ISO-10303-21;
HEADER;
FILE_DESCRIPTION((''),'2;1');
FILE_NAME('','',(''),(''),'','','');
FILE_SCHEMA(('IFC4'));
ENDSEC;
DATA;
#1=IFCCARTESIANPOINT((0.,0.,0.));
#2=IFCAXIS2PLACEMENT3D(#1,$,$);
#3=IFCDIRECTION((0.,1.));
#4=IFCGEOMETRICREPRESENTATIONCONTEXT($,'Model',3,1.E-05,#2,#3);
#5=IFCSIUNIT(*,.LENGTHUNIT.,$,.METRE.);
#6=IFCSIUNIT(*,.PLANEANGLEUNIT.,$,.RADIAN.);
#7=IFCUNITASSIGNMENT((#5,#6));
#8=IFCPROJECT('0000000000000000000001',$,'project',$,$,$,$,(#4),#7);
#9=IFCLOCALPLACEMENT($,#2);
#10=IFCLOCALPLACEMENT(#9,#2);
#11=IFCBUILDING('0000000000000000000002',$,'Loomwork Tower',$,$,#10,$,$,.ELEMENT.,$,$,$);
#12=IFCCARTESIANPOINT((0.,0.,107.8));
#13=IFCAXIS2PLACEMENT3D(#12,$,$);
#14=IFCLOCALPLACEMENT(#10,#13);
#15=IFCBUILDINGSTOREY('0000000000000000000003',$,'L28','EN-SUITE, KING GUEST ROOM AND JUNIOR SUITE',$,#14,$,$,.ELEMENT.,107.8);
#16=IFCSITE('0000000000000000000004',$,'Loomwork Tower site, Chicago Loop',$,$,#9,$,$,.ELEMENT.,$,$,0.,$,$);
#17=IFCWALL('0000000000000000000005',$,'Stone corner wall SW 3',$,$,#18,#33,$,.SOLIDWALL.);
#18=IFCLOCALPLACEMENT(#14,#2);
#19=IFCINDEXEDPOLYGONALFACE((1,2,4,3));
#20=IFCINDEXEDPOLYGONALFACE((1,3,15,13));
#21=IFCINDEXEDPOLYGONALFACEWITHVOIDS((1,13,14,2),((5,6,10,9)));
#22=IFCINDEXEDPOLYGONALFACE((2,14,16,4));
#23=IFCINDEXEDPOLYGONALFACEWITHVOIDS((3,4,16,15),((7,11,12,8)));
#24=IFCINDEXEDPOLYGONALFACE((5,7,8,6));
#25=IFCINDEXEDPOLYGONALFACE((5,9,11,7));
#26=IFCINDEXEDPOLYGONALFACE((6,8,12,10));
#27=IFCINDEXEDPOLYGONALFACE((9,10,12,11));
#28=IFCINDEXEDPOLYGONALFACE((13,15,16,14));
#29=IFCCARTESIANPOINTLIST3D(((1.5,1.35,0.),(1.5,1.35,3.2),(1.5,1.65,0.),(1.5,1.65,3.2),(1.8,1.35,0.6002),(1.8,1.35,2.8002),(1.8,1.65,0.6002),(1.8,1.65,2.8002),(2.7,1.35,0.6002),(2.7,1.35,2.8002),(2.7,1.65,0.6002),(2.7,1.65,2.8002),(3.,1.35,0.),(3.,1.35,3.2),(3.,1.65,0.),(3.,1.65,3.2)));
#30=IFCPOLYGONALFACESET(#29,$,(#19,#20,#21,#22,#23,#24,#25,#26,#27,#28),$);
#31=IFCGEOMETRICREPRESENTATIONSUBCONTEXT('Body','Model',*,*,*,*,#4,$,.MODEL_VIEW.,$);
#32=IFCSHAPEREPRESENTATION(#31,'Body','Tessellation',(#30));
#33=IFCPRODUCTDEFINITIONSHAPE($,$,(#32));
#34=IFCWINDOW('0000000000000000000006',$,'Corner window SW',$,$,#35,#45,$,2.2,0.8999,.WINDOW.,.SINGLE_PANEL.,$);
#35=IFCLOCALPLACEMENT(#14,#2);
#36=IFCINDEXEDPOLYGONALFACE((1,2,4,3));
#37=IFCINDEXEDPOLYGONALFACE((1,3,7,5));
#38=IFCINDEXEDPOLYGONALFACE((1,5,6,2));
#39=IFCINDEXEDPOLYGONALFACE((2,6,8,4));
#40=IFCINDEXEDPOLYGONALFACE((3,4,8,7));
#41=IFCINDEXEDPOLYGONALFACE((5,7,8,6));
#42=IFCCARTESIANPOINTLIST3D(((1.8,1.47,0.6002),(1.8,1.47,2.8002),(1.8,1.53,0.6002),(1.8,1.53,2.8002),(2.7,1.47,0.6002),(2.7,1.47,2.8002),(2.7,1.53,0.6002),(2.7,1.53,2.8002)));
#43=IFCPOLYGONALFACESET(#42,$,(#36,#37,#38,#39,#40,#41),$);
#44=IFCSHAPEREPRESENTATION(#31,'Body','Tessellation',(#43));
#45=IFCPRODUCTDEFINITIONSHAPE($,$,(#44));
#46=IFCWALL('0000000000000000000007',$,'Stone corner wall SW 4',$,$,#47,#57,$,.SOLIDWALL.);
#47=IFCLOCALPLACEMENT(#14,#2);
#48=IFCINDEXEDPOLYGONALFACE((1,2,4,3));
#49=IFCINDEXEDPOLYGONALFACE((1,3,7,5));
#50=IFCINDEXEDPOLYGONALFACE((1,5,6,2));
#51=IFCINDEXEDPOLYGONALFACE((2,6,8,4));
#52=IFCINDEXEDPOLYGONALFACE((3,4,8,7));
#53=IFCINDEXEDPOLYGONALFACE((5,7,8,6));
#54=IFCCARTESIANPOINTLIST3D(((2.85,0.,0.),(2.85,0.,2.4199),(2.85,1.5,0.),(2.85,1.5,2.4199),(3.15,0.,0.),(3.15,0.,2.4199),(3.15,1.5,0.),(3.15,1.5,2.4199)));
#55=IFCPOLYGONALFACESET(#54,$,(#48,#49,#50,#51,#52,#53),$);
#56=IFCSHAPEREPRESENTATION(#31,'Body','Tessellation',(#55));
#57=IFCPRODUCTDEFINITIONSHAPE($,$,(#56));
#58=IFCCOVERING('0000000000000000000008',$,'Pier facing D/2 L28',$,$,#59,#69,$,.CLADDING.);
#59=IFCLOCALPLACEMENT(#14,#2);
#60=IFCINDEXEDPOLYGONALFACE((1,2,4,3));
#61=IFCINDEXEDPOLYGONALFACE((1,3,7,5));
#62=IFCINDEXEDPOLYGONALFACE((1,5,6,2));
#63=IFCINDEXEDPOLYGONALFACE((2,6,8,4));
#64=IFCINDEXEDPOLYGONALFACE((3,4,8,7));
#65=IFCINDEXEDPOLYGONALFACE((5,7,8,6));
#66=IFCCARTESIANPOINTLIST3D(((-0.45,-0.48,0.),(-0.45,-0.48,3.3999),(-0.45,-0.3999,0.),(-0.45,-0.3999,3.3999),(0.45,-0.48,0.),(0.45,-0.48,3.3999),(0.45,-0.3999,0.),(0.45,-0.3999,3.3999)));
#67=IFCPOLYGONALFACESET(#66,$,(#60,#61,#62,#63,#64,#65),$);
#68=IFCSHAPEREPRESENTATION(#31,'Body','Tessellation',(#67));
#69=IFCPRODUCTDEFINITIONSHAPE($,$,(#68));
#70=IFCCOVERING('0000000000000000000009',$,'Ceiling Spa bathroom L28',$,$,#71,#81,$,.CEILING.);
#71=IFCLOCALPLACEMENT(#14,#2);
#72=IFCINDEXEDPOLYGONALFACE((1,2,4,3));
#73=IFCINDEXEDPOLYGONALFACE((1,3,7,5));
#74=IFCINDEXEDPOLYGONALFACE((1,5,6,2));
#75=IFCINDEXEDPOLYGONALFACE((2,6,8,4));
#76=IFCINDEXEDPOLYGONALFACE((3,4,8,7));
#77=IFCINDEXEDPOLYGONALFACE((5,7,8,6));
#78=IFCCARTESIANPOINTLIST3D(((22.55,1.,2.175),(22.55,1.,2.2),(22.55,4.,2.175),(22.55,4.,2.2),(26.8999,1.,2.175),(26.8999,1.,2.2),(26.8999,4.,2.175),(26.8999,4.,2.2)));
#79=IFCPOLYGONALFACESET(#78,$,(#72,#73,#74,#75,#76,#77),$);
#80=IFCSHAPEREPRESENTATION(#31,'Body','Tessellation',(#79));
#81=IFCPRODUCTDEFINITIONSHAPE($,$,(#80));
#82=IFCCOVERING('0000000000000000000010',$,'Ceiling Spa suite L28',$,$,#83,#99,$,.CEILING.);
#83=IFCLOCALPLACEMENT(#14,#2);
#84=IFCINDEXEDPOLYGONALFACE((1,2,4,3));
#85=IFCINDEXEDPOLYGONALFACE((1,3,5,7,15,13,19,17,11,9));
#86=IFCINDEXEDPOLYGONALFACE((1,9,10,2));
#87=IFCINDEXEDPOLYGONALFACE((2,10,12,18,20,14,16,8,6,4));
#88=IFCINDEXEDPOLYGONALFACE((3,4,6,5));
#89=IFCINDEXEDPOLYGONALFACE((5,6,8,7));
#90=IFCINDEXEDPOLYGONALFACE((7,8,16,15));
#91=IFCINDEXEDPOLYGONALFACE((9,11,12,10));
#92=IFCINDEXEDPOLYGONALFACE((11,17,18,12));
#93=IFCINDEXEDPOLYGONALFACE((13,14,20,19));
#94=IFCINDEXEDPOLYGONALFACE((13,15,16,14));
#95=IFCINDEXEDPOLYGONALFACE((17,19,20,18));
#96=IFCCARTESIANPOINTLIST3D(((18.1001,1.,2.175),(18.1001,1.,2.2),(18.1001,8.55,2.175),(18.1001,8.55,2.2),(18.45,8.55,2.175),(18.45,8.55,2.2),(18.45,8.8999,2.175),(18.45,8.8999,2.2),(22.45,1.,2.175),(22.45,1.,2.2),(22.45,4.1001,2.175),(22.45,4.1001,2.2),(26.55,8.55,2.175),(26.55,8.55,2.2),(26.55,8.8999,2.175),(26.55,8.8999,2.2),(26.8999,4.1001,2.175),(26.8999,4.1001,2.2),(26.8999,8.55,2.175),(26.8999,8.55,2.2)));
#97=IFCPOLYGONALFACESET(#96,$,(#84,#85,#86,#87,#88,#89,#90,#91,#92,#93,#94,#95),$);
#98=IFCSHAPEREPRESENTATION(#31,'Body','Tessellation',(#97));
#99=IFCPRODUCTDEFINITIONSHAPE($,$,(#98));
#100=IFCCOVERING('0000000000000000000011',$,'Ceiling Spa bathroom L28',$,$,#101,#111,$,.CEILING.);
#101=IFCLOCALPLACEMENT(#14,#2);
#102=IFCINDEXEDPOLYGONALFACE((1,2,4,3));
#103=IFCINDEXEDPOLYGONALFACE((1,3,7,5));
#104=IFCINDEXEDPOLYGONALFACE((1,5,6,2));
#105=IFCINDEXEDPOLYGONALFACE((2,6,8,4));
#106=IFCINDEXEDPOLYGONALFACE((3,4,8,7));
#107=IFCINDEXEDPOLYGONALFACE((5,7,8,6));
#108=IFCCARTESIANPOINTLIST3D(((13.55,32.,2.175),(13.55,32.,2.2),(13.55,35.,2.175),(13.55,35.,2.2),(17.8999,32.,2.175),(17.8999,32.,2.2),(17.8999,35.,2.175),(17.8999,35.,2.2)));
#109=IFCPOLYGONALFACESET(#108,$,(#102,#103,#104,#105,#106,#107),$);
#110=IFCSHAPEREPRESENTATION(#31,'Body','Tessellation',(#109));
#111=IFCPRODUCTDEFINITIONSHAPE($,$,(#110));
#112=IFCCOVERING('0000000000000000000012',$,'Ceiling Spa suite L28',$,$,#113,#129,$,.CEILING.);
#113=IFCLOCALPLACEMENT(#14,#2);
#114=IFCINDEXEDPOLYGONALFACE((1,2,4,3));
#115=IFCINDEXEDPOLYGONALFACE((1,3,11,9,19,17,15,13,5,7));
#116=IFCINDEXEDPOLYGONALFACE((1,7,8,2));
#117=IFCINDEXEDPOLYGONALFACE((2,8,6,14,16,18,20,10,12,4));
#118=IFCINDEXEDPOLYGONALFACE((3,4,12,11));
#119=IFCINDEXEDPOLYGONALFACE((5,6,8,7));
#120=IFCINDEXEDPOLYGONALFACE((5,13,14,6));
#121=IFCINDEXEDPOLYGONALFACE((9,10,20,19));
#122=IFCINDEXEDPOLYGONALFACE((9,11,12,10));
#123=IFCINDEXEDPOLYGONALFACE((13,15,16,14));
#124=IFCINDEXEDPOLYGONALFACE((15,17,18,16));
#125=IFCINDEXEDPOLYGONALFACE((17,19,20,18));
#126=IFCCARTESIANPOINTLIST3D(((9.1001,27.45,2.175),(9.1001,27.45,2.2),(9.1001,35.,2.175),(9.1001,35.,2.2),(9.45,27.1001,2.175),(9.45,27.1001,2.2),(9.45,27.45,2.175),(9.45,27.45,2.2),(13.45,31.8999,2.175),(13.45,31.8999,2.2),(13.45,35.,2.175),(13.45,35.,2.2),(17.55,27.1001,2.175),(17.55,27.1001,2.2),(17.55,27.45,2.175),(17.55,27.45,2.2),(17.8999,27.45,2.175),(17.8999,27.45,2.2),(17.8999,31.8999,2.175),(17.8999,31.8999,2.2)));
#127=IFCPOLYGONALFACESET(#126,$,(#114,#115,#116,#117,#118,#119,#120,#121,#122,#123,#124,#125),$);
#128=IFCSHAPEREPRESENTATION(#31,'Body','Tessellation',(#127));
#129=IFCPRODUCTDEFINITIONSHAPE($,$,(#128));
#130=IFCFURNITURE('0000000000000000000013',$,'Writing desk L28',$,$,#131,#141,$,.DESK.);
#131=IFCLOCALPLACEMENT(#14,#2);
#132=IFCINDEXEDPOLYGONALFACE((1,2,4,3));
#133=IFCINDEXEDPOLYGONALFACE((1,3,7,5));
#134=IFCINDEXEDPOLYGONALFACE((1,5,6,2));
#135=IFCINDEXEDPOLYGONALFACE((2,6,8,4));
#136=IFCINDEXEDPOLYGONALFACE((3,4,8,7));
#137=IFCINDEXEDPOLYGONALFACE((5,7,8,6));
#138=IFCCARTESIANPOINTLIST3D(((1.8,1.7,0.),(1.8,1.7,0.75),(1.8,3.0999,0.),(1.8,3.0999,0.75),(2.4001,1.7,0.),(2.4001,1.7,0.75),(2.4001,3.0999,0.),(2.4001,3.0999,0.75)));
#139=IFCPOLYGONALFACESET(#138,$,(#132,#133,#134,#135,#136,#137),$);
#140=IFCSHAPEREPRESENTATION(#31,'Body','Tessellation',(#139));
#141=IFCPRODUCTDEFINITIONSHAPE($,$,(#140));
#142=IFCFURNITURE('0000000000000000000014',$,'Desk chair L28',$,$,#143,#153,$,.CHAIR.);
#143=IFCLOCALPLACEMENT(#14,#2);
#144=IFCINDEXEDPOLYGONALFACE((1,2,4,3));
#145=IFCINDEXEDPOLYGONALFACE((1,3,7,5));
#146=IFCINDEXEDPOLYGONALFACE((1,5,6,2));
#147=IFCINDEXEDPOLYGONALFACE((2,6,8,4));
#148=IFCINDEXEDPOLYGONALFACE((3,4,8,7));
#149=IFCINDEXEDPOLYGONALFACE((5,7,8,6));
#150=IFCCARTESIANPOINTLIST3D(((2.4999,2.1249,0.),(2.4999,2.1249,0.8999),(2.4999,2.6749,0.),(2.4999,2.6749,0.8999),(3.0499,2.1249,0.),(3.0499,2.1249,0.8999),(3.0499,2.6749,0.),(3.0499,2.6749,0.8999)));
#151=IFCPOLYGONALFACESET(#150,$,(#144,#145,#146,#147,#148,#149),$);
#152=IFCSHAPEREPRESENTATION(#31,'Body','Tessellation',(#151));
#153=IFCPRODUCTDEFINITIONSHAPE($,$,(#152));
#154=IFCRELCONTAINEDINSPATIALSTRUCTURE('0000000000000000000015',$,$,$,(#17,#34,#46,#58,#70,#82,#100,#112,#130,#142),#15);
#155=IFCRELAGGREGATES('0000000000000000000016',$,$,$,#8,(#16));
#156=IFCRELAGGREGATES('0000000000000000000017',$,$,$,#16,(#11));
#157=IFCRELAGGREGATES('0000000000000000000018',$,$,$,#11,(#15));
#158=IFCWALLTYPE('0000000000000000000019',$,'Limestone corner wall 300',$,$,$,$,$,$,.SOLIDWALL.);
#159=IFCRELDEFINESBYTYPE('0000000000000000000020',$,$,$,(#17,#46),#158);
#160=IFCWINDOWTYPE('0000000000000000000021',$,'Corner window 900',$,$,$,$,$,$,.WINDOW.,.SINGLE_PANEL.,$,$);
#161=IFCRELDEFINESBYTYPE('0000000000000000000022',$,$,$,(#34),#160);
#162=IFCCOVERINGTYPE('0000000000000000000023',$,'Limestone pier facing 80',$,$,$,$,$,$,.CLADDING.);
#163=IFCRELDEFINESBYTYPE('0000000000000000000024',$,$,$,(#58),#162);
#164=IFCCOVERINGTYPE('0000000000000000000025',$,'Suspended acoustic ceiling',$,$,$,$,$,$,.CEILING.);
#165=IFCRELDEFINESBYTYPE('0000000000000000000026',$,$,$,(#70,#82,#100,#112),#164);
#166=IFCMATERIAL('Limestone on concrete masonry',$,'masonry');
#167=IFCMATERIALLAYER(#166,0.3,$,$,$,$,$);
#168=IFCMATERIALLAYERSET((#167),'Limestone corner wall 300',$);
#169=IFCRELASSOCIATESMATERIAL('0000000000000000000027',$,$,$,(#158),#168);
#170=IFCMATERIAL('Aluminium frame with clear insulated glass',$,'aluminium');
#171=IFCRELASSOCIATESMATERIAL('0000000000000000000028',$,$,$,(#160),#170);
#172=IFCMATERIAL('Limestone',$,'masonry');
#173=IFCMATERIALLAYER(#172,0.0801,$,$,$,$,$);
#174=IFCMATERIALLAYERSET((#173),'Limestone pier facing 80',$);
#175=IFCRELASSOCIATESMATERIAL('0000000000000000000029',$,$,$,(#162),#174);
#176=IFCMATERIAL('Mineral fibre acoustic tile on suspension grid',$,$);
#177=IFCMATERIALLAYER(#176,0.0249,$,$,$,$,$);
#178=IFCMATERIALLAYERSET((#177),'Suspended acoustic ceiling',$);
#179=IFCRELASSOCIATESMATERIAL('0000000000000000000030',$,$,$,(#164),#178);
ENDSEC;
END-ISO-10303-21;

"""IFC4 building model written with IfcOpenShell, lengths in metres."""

from ifc_helpers import new_model, si_unit, direction, frame, frame_2d, origin, origin_2d, place, context, subcontext, project, spatial, polyline, rectangle, outline, extrude, material, layer, layer_set, type_object, element, fill, save


model = new_model("IFC4")

# Units and contexts
model_context = context("Model", 3, precision=1e-05, world=origin(), true_north=direction((0.0, 1.0)))
body_context = subcontext(model_context, "Body", "Model", "MODEL_VIEW")
ifc_project = project(units=[si_unit("LENGTHUNIT", "METRE"), si_unit("PLANEANGLEUNIT", "RADIAN")], contexts=[model_context])

# Site, building, storey
site_placement = place(None, origin())
site = spatial("IfcSite", under=ifc_project, at=site_placement, Name="Loomwork Tower site, Chicago Loop", CompositionType="ELEMENT", RefElevation=0.0)
building_placement = place(site_placement, origin())
building = spatial("IfcBuilding", under=site, at=building_placement, Name="Loomwork Tower", CompositionType="ELEMENT")
storey_placement = place(building_placement, frame((0.0, 0.0, 107.8)))
storey = spatial("IfcBuildingStorey", under=building, at=storey_placement, Name="L28", Description="EN-SUITE, KING GUEST ROOM AND JUNIOR SUITE", CompositionType="ELEMENT", Elevation=107.8)

# Shared definitions
ifc_material_1 = material(Name="Limestone on concrete masonry", Category="masonry")
ifc_layer_1 = layer(ifc_material_1, 0.3)
ifc_layer_set_1 = layer_set([ifc_layer_1], Name="Limestone corner wall 300")
wall_type_1 = type_object("IfcWallType", Name="Limestone corner wall 300", PredefinedType="SOLIDWALL", material=ifc_layer_set_1)

# Wall, opening, window
ifc_material_2 = material(Name="Aluminium frame with clear insulated glass", Category="aluminium")
window_type_1 = type_object("IfcWindowType", Name="Corner window 900", PartitioningType="SINGLE_PANEL", PredefinedType="WINDOW", material=ifc_material_2)
wall_1_placement = place(storey_placement, frame((1.5, 1.5, 0.0), z_axis=(0.0, 0.0, 1.0), x_axis=(1.0, 0.0, 0.0)))
wall_1 = element("IfcWall", 1, at=wall_1_placement, inside=storey, type_object=wall_type_1, Name="Stone corner wall SW 3", PredefinedType="SOLIDWALL", context=body_context, shape_type="SweptSolid", body=[
    extrude(rectangle(XDim=1.5, YDim=0.3, at=frame_2d((0.75, 0.0))), origin(), (0.0, 0.0, 1.0), 3.2),
])
opening_1_placement = place(wall_1_placement, frame((0.3, 0.0, 0.6001)))
opening_1 = element("IfcOpeningElement", 2, at=opening_1_placement, cuts=wall_1, PredefinedType="OPENING", context=body_context, shape_type="SweptSolid", body=[
    extrude(rectangle(XDim=0.8999, YDim=2.2, at=frame_2d((0.45, 1.1001))), frame((0.0, 0.1599, 0.0), z_axis=(0.0, -1.0, 0.0), x_axis=(1.0, 0.0, 0.0)), (0.0, 0.0, 1.0), 0.3201),
])
window_1_placement = place(opening_1_placement, origin())
window_1 = element("IfcWindow", 3, at=window_1_placement, inside=storey, type_object=window_type_1, Name="Corner window SW", OverallHeight=2.2, OverallWidth=0.8999, PartitioningType="SINGLE_PANEL", PredefinedType="WINDOW", context=body_context, shape_type="SweptSolid", body=[
    extrude(rectangle(XDim=0.8999, YDim=2.2, at=frame_2d((0.45, 1.1001))), frame((0.0, 0.03, 0.0), z_axis=(0.0, -1.0, 0.0), x_axis=(1.0, 0.0, 0.0)), (0.0, 0.0, 1.0), 0.0601),
])
fill(opening_1, window_1)

# Wall
wall_2_placement = place(storey_placement, frame((3.0, 1.5, 0.0), z_axis=(0.0, 0.0, 1.0), x_axis=(0.0, -1.0, 0.0)))
element("IfcWall", 4, at=wall_2_placement, inside=storey, type_object=wall_type_1, Name="Stone corner wall SW 4", PredefinedType="SOLIDWALL", context=body_context, shape_type="SweptSolid", body=[
    extrude(rectangle(XDim=1.5, YDim=0.3, at=frame_2d((0.75, 0.0))), origin(), (0.0, 0.0, 1.0), 2.4199),
])

# Coverings
ifc_material_3 = material(Name="Limestone", Category="masonry")
ifc_layer_2 = layer(ifc_material_3, 0.0801)
ifc_layer_set_2 = layer_set([ifc_layer_2], Name="Limestone pier facing 80")
covering_type_1 = type_object("IfcCoveringType", Name="Limestone pier facing 80", PredefinedType="CLADDING", material=ifc_layer_set_2)
covering_1_placement = place(storey_placement, frame((0.0, -0.4399, 0.0), z_axis=(0.0, 0.0, 1.0), x_axis=(1.0, 0.0, 0.0)))
element("IfcCovering", 5, at=covering_1_placement, inside=storey, type_object=covering_type_1, Name="Pier facing D/2 L28", PredefinedType="CLADDING", context=body_context, shape_type="SweptSolid", body=[
    extrude(rectangle(XDim=0.8999, YDim=0.0801, at=origin_2d()), origin(), (0.0, 0.0, 1.0), 3.3999),
])
ifc_material_4 = material(Name="Mineral fibre acoustic tile on suspension grid")
ifc_layer_3 = layer(ifc_material_4, 0.0249)
ifc_layer_set_3 = layer_set([ifc_layer_3], Name="Suspended acoustic ceiling")
covering_type_2 = type_object("IfcCoveringType", Name="Suspended acoustic ceiling", PredefinedType="CEILING", material=ifc_layer_set_3)
covering_2_placement = place(storey_placement, frame((0.0, 0.0, 2.175)))
element("IfcCovering", 6, at=covering_2_placement, inside=storey, type_object=covering_type_2, Name="Ceiling Spa bathroom L28", PredefinedType="CEILING", context=body_context, shape_type="SweptSolid", body=[
    extrude(outline(polyline([(26.8999, 4.0), (26.8999, 1.0), (22.55, 1.0), (22.55, 4.0), (26.8999, 4.0)])), origin(), (0.0, 0.0, 1.0), 0.0249),
])
covering_3_placement = place(storey_placement, frame((0.0, 0.0, 2.175)))
element("IfcCovering", 7, at=covering_3_placement, inside=storey, type_object=covering_type_2, Name="Ceiling Spa suite L28", PredefinedType="CEILING", context=body_context, shape_type="SweptSolid", body=[
    extrude(outline(polyline([(26.55, 8.8999), (26.55, 8.55), (26.8999, 8.55), (26.8999, 4.1001), (22.45, 4.1001), (22.45, 1.0), (18.1001, 1.0), (18.1001, 8.55), (18.45, 8.55), (18.45, 8.8999), (26.55, 8.8999)])), origin(), (0.0, 0.0, 1.0), 0.0249),
])
covering_4_placement = place(storey_placement, frame((0.0, 0.0, 2.175)))
element("IfcCovering", 8, at=covering_4_placement, inside=storey, type_object=covering_type_2, Name="Ceiling Spa bathroom L28", PredefinedType="CEILING", context=body_context, shape_type="SweptSolid", body=[
    extrude(outline(polyline([(13.55, 35.0), (17.8999, 35.0), (17.8999, 32.0), (13.55, 32.0), (13.55, 35.0)])), origin(), (0.0, 0.0, 1.0), 0.0249),
])
covering_5_placement = place(storey_placement, frame((0.0, 0.0, 2.175)))
element("IfcCovering", 9, at=covering_5_placement, inside=storey, type_object=covering_type_2, Name="Ceiling Spa suite L28", PredefinedType="CEILING", context=body_context, shape_type="SweptSolid", body=[
    extrude(outline(polyline([(9.1001, 35.0), (13.45, 35.0), (13.45, 31.8999), (17.8999, 31.8999), (17.8999, 27.45), (17.55, 27.45), (17.55, 27.1001), (9.45, 27.1001), (9.45, 27.45), (9.1001, 27.45), (9.1001, 35.0)])), origin(), (0.0, 0.0, 1.0), 0.0249),
])

# Furniture
furniture_1_placement = place(storey_placement, frame((2.1001, 2.3999, 0.0), z_axis=(0.0, 0.0, 1.0), x_axis=(1.0, 0.0, 0.0)))
element("IfcFurniture", 10, at=furniture_1_placement, inside=storey, Name="Writing desk L28", PredefinedType="DESK", context=body_context, shape_type="SweptSolid", body=[
    extrude(rectangle(XDim=0.6001, YDim=1.3999, at=origin_2d()), origin(), (0.0, 0.0, 1.0), 0.75),
])
furniture_2_placement = place(storey_placement, frame((2.7749, 2.3999, 0.0), z_axis=(0.0, 0.0, 1.0), x_axis=(1.0, 0.0, 0.0)))
element("IfcFurniture", 11, at=furniture_2_placement, inside=storey, Name="Desk chair L28", PredefinedType="CHAIR", context=body_context, shape_type="SweptSolid", body=[
    extrude(rectangle(XDim=0.55, YDim=0.55, at=origin_2d()), origin(), (0.0, 0.0, 1.0), 0.8999),
])

save(model, "model.ifc")
